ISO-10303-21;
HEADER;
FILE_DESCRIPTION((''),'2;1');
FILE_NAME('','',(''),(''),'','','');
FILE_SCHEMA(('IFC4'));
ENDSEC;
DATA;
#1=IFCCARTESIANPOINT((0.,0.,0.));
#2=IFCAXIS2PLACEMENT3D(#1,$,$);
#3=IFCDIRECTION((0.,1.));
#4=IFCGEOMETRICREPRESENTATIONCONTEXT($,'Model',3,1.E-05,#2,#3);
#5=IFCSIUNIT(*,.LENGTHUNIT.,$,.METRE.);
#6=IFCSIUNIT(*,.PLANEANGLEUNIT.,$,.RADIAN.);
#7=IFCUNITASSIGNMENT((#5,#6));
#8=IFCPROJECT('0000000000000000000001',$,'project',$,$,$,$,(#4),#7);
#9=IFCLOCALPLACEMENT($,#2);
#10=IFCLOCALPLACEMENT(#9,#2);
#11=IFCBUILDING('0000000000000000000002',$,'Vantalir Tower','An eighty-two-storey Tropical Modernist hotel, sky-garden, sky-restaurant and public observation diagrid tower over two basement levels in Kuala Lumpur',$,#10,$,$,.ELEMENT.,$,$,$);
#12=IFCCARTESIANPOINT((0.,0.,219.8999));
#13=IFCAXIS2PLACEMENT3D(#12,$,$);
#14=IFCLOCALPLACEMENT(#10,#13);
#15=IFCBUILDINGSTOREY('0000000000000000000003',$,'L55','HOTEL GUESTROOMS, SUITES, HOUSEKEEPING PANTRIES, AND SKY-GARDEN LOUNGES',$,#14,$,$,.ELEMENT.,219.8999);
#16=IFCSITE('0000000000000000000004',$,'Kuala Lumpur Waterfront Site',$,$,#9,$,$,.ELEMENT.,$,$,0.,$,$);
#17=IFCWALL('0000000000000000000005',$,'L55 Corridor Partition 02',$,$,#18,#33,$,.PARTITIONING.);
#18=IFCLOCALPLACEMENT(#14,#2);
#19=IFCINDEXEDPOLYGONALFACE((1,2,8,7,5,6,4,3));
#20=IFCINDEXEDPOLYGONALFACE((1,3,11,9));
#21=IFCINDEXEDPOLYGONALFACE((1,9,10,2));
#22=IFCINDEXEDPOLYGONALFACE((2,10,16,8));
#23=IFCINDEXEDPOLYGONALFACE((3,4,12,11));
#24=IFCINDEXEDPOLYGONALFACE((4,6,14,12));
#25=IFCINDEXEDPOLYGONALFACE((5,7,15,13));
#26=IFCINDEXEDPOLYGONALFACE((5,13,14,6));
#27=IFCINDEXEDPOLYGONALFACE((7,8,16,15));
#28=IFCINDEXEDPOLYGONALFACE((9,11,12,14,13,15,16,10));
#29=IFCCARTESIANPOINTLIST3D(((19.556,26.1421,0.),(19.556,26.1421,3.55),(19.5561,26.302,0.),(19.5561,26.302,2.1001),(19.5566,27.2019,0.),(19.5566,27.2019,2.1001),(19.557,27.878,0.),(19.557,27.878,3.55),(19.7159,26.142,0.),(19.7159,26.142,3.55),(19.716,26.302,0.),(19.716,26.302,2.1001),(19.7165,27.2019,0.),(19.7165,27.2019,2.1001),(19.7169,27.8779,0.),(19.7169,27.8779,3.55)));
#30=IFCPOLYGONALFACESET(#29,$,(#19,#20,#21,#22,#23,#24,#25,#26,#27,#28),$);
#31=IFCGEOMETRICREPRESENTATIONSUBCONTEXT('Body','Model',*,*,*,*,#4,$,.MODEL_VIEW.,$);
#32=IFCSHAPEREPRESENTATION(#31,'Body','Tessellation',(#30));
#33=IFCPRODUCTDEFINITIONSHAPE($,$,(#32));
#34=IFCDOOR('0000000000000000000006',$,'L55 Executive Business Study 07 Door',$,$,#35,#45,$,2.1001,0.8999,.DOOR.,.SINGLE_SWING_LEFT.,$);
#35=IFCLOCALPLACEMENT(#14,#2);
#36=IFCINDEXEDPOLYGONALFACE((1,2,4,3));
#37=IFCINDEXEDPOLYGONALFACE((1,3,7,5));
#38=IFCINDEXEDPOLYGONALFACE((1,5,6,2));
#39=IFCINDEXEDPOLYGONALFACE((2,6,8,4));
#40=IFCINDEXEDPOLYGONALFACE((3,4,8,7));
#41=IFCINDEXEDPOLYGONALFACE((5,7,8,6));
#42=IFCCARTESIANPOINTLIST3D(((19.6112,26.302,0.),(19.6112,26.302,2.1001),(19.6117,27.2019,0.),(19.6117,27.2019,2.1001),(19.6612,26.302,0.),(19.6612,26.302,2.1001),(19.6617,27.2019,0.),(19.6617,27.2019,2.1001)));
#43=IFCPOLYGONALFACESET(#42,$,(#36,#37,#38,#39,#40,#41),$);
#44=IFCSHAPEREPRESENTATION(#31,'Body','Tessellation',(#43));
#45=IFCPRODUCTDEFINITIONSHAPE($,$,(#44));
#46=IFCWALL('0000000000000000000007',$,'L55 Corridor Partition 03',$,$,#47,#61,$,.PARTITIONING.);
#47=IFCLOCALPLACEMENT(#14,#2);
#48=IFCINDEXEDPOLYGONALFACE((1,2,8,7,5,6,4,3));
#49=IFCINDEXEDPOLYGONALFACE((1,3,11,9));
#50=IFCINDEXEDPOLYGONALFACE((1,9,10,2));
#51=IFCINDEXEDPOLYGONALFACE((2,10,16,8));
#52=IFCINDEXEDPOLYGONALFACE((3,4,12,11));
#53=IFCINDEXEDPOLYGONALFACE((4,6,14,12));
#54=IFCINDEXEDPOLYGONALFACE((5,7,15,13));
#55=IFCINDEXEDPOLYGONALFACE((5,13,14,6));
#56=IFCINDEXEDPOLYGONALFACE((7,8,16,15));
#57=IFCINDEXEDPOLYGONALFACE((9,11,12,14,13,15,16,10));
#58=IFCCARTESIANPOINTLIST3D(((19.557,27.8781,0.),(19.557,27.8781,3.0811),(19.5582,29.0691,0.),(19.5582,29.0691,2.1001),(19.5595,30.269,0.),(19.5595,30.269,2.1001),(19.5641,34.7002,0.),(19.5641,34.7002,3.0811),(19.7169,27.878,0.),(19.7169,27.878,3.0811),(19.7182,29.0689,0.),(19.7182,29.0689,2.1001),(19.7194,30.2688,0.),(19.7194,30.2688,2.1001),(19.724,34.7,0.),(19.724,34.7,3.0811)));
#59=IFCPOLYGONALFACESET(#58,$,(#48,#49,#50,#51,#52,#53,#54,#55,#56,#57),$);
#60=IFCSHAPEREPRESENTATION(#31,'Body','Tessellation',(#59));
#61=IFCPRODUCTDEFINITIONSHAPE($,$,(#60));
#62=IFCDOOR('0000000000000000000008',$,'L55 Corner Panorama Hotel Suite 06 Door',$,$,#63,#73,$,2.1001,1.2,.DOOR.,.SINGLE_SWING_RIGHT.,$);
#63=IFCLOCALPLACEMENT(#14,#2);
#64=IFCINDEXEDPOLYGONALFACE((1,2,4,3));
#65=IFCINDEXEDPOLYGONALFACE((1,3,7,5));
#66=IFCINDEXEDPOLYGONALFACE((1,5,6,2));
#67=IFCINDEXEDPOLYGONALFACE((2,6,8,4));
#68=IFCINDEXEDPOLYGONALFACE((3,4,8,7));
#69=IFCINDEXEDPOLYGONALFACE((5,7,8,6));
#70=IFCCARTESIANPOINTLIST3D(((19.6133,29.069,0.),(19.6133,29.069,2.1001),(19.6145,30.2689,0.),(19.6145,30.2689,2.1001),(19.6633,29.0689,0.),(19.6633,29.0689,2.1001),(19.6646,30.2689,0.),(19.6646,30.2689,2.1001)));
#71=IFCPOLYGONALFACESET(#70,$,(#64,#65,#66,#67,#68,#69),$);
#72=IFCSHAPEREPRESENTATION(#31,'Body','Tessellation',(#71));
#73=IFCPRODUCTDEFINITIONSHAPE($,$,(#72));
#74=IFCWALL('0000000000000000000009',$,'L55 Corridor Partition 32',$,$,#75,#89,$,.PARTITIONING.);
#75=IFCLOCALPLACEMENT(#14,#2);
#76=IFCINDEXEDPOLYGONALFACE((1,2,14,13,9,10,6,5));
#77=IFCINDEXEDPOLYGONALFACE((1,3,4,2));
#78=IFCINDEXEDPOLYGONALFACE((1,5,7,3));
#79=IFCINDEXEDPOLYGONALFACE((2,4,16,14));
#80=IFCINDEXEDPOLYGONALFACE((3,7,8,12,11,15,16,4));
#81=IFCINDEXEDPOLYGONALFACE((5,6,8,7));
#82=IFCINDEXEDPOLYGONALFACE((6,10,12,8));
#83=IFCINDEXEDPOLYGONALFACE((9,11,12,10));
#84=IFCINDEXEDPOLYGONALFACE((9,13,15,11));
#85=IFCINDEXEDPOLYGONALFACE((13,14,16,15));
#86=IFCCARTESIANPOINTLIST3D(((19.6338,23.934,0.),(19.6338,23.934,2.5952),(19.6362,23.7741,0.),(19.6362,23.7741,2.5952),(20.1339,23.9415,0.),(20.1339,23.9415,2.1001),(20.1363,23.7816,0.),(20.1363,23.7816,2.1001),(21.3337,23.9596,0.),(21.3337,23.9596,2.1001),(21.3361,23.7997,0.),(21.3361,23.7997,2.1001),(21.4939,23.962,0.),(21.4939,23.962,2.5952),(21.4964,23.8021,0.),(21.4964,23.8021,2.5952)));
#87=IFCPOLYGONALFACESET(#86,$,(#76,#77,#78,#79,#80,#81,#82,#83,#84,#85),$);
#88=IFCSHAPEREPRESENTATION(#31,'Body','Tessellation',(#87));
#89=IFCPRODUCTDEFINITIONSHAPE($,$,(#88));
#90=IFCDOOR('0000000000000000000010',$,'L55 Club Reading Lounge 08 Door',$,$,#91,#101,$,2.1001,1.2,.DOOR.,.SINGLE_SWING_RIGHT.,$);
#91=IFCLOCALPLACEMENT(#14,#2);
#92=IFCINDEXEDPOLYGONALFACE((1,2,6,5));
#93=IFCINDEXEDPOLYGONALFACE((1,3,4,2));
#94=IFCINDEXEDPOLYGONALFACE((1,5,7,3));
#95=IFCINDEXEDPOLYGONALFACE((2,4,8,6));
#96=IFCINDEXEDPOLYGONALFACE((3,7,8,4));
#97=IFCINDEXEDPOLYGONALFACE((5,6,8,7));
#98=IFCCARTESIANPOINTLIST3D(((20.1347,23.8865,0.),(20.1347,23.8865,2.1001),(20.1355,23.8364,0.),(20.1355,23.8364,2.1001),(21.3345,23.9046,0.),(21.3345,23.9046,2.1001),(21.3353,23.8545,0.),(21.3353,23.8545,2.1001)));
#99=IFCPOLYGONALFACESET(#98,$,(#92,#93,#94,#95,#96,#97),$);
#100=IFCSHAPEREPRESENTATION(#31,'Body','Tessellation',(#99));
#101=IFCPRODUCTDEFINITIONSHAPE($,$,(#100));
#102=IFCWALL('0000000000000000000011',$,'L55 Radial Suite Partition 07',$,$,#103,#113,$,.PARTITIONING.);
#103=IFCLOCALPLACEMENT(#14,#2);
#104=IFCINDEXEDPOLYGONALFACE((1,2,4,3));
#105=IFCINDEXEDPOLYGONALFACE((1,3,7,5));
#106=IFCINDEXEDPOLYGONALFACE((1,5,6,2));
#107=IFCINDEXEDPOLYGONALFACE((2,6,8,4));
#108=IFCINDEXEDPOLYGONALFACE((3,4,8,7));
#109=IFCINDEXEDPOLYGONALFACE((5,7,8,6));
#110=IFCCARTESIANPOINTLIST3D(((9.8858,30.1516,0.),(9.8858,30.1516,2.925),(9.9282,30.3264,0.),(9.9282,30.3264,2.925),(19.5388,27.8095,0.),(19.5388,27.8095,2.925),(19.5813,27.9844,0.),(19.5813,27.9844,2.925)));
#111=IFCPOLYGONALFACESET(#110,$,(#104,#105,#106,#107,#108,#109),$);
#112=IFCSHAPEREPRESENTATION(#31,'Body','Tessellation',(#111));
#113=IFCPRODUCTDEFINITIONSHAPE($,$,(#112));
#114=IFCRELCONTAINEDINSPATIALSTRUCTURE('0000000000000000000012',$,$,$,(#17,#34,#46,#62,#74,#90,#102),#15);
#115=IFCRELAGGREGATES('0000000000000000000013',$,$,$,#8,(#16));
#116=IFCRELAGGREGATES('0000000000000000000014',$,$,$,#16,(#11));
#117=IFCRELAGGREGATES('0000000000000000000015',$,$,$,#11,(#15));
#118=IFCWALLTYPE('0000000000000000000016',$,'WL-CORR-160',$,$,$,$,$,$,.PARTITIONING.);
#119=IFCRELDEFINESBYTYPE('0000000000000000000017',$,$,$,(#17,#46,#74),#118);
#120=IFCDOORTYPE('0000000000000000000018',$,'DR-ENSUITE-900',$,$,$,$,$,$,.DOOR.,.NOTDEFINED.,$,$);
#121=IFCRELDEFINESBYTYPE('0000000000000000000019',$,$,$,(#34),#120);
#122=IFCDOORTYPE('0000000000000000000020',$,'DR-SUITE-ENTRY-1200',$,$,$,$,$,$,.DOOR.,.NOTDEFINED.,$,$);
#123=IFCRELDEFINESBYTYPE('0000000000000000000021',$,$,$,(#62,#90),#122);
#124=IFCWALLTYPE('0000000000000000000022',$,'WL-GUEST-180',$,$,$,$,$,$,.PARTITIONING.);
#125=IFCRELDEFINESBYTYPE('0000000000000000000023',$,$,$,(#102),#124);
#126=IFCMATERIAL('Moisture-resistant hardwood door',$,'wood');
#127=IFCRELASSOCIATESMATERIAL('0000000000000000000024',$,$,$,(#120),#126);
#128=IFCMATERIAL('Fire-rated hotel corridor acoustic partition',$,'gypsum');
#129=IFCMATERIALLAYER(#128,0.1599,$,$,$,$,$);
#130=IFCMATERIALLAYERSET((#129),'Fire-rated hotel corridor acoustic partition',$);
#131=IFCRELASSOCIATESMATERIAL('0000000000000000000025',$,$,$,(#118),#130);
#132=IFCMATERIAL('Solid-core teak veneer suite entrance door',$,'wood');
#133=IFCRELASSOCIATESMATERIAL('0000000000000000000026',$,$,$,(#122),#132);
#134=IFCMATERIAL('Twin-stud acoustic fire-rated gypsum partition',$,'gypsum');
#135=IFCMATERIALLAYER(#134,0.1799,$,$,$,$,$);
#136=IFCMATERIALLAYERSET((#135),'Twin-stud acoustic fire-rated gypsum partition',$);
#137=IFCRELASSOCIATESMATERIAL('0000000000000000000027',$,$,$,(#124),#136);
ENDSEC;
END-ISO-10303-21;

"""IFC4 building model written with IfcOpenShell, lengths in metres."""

from ifc_helpers import new_model, si_unit, direction, frame, frame_2d, origin, place, context, subcontext, project, spatial, rectangle, extrude, material, layer, layer_set, type_object, element, fill, save


model = new_model("IFC4")

# Units and contexts
model_context = context("Model", 3, precision=1e-05, world=origin(), true_north=direction((0.0, 1.0)))
body_context = subcontext(model_context, "Body", "Model", "MODEL_VIEW")
ifc_project = project(units=[si_unit("LENGTHUNIT", "METRE"), si_unit("PLANEANGLEUNIT", "RADIAN")], contexts=[model_context])

# Site, building, storey
site_placement = place(None, origin())
site = spatial("IfcSite", under=ifc_project, at=site_placement, Name="Kuala Lumpur Waterfront Site", CompositionType="ELEMENT", RefElevation=0.0)
building_placement = place(site_placement, origin())
building = spatial("IfcBuilding", under=site, at=building_placement, Name="Vantalir Tower", Description="An eighty-two-storey Tropical Modernist hotel, sky-garden, sky-restaurant and public observation diagrid tower over two basement levels in Kuala Lumpur", CompositionType="ELEMENT")
storey_placement = place(building_placement, frame((0.0, 0.0, 219.8999)))
storey = spatial("IfcBuildingStorey", under=building, at=storey_placement, Name="L55", Description="HOTEL GUESTROOMS, SUITES, HOUSEKEEPING PANTRIES, AND SKY-GARDEN LOUNGES", CompositionType="ELEMENT", Elevation=219.8999)

# Walls, openings, doors
ifc_material_1 = material(Name="Moisture-resistant hardwood door", Category="wood")
door_type_1 = type_object("IfcDoorType", Name="DR-ENSUITE-900", OperationType="NOTDEFINED", PredefinedType="DOOR", material=ifc_material_1)
ifc_material_2 = material(Name="Fire-rated hotel corridor acoustic partition", Category="gypsum")
ifc_layer_1 = layer(ifc_material_2, 0.1599)
ifc_layer_set_1 = layer_set([ifc_layer_1], Name="Fire-rated hotel corridor acoustic partition")
wall_type_1 = type_object("IfcWallType", Name="WL-CORR-160", PredefinedType="PARTITIONING", material=ifc_layer_set_1)
wall_1_placement = place(storey_placement, frame((19.636, 26.1421, 0.0), z_axis=(0.0, 0.0, 1.0), x_axis=(0.000563, 1.0, 0.0)))
wall_1 = element("IfcWall", 1, at=wall_1_placement, inside=storey, type_object=wall_type_1, Name="L55 Corridor Partition 02", PredefinedType="PARTITIONING", context=body_context, shape_type="SweptSolid", body=[
    extrude(rectangle(XDim=1.7358, YDim=0.1599, at=frame_2d((0.8679, 0.0))), origin(), (0.0, 0.0, 1.0), 3.55),
])
opening_1_placement = place(wall_1_placement, frame((0.1599, 0.0, 0.0)))
opening_1 = element("IfcOpeningElement", 2, at=opening_1_placement, cuts=wall_1, PredefinedType="OPENING", context=body_context, shape_type="SweptSolid", body=[
    extrude(rectangle(XDim=0.8999, YDim=2.1001, at=frame_2d((0.45, 1.05))), frame((0.0, 0.0898, 0.0), z_axis=(0.0, -1.0, 0.0), x_axis=(1.0, 0.0, 0.0)), (0.0, 0.0, 1.0), 0.1799),
])
door_1_placement = place(opening_1_placement, origin())
door_1 = element("IfcDoor", 3, at=door_1_placement, inside=storey, type_object=door_type_1, Name="L55 Executive Business Study 07 Door", OperationType="SINGLE_SWING_LEFT", OverallHeight=2.1001, OverallWidth=0.8999, PredefinedType="DOOR", context=body_context, shape_type="SweptSolid", body=[
    extrude(rectangle(XDim=0.8999, YDim=2.1001, at=frame_2d((0.45, 1.05))), frame((0.0, 0.0249, 0.0), z_axis=(0.0, -1.0, 0.0), x_axis=(1.0, 0.0, 0.0)), (0.0, 0.0, 1.0), 0.05),
])
fill(opening_1, door_1)
wall_2_placement = place(storey_placement, frame((19.637, 27.8779, 0.0), z_axis=(0.0, 0.0, 1.0), x_axis=(0.001038, 0.999999, 0.0)))
wall_2 = element("IfcWall", 4, at=wall_2_placement, inside=storey, type_object=wall_type_1, Name="L55 Corridor Partition 03", PredefinedType="PARTITIONING", context=body_context, shape_type="SweptSolid", body=[
    extrude(rectangle(XDim=6.822, YDim=0.1599, at=frame_2d((3.4111, 0.0))), origin(), (0.0, 0.0, 1.0), 3.0811),
])
opening_2_placement = place(wall_2_placement, frame((1.1909, 0.0, 0.0)))
opening_2 = element("IfcOpeningElement", 5, at=opening_2_placement, cuts=wall_2, PredefinedType="OPENING", context=body_context, shape_type="SweptSolid", body=[
    extrude(rectangle(XDim=1.2, YDim=2.1001, at=frame_2d((0.6001, 1.05))), frame((0.0, 0.0898, 0.0), z_axis=(0.0, -1.0, 0.0), x_axis=(1.0, 0.0, 0.0)), (0.0, 0.0, 1.0), 0.1799),
])
ifc_material_3 = material(Name="Solid-core teak veneer suite entrance door", Category="wood")
door_type_2 = type_object("IfcDoorType", Name="DR-SUITE-ENTRY-1200", OperationType="NOTDEFINED", PredefinedType="DOOR", material=ifc_material_3)
door_2_placement = place(opening_2_placement, origin())
door_2 = element("IfcDoor", 6, at=door_2_placement, inside=storey, type_object=door_type_2, Name="L55 Corner Panorama Hotel Suite 06 Door", OperationType="SINGLE_SWING_RIGHT", OverallHeight=2.1001, OverallWidth=1.2, PredefinedType="DOOR", context=body_context, shape_type="SweptSolid", body=[
    extrude(rectangle(XDim=1.2, YDim=2.1001, at=frame_2d((0.6001, 1.05))), frame((0.0, 0.0249, 0.0), z_axis=(0.0, -1.0, 0.0), x_axis=(1.0, 0.0, 0.0)), (0.0, 0.0, 1.0), 0.05),
])
fill(opening_2, door_2)
wall_3_placement = place(storey_placement, frame((19.635, 23.854, 0.0), z_axis=(0.0, 0.0, 1.0), x_axis=(0.999886, 0.015092, 0.0)))
wall_3 = element("IfcWall", 7, at=wall_3_placement, inside=storey, type_object=wall_type_1, Name="L55 Corridor Partition 32", PredefinedType="PARTITIONING", context=body_context, shape_type="SweptSolid", body=[
    extrude(rectangle(XDim=1.8604, YDim=0.1599, at=frame_2d((0.9302, 0.0))), origin(), (0.0, 0.0, 1.0), 2.5952),
])
opening_3_placement = place(wall_3_placement, frame((0.5, 0.0, 0.0)))
opening_3 = element("IfcOpeningElement", 8, at=opening_3_placement, cuts=wall_3, PredefinedType="OPENING", context=body_context, shape_type="SweptSolid", body=[
    extrude(rectangle(XDim=1.2, YDim=2.1001, at=frame_2d((0.6001, 1.05))), frame((0.0, 0.0898, 0.0), z_axis=(0.0, -1.0, 0.0), x_axis=(1.0, 0.0, 0.0)), (0.0, 0.0, 1.0), 0.1799),
])
door_3_placement = place(opening_3_placement, origin())
door_3 = element("IfcDoor", 9, at=door_3_placement, inside=storey, type_object=door_type_2, Name="L55 Club Reading Lounge 08 Door", OperationType="SINGLE_SWING_RIGHT", OverallHeight=2.1001, OverallWidth=1.2, PredefinedType="DOOR", context=body_context, shape_type="SweptSolid", body=[
    extrude(rectangle(XDim=1.2, YDim=2.1001, at=frame_2d((0.6001, 1.05))), frame((0.0, 0.0249, 0.0), z_axis=(0.0, -1.0, 0.0), x_axis=(1.0, 0.0, 0.0)), (0.0, 0.0, 1.0), 0.05),
])
fill(opening_3, door_3)

# Wall
ifc_material_4 = material(Name="Twin-stud acoustic fire-rated gypsum partition", Category="gypsum")
ifc_layer_2 = layer(ifc_material_4, 0.1799)
ifc_layer_set_2 = layer_set([ifc_layer_2], Name="Twin-stud acoustic fire-rated gypsum partition")
wall_type_2 = type_object("IfcWallType", Name="WL-GUEST-180", PredefinedType="PARTITIONING", material=ifc_layer_set_2)
wall_4_placement = place(storey_placement, frame((19.5601, 27.897, 0.0), z_axis=(0.0, 0.0, 1.0), x_axis=(-0.971806, 0.235781, 0.0)))
element("IfcWall", 10, at=wall_4_placement, inside=storey, type_object=wall_type_2, Name="L55 Radial Suite Partition 07", PredefinedType="PARTITIONING", context=body_context, shape_type="SweptSolid", body=[
    extrude(rectangle(XDim=9.9331, YDim=0.1799, at=frame_2d((4.9666, 0.0))), origin(), (0.0, 0.0, 1.0), 2.925),
])

save(model, "model.ifc")
